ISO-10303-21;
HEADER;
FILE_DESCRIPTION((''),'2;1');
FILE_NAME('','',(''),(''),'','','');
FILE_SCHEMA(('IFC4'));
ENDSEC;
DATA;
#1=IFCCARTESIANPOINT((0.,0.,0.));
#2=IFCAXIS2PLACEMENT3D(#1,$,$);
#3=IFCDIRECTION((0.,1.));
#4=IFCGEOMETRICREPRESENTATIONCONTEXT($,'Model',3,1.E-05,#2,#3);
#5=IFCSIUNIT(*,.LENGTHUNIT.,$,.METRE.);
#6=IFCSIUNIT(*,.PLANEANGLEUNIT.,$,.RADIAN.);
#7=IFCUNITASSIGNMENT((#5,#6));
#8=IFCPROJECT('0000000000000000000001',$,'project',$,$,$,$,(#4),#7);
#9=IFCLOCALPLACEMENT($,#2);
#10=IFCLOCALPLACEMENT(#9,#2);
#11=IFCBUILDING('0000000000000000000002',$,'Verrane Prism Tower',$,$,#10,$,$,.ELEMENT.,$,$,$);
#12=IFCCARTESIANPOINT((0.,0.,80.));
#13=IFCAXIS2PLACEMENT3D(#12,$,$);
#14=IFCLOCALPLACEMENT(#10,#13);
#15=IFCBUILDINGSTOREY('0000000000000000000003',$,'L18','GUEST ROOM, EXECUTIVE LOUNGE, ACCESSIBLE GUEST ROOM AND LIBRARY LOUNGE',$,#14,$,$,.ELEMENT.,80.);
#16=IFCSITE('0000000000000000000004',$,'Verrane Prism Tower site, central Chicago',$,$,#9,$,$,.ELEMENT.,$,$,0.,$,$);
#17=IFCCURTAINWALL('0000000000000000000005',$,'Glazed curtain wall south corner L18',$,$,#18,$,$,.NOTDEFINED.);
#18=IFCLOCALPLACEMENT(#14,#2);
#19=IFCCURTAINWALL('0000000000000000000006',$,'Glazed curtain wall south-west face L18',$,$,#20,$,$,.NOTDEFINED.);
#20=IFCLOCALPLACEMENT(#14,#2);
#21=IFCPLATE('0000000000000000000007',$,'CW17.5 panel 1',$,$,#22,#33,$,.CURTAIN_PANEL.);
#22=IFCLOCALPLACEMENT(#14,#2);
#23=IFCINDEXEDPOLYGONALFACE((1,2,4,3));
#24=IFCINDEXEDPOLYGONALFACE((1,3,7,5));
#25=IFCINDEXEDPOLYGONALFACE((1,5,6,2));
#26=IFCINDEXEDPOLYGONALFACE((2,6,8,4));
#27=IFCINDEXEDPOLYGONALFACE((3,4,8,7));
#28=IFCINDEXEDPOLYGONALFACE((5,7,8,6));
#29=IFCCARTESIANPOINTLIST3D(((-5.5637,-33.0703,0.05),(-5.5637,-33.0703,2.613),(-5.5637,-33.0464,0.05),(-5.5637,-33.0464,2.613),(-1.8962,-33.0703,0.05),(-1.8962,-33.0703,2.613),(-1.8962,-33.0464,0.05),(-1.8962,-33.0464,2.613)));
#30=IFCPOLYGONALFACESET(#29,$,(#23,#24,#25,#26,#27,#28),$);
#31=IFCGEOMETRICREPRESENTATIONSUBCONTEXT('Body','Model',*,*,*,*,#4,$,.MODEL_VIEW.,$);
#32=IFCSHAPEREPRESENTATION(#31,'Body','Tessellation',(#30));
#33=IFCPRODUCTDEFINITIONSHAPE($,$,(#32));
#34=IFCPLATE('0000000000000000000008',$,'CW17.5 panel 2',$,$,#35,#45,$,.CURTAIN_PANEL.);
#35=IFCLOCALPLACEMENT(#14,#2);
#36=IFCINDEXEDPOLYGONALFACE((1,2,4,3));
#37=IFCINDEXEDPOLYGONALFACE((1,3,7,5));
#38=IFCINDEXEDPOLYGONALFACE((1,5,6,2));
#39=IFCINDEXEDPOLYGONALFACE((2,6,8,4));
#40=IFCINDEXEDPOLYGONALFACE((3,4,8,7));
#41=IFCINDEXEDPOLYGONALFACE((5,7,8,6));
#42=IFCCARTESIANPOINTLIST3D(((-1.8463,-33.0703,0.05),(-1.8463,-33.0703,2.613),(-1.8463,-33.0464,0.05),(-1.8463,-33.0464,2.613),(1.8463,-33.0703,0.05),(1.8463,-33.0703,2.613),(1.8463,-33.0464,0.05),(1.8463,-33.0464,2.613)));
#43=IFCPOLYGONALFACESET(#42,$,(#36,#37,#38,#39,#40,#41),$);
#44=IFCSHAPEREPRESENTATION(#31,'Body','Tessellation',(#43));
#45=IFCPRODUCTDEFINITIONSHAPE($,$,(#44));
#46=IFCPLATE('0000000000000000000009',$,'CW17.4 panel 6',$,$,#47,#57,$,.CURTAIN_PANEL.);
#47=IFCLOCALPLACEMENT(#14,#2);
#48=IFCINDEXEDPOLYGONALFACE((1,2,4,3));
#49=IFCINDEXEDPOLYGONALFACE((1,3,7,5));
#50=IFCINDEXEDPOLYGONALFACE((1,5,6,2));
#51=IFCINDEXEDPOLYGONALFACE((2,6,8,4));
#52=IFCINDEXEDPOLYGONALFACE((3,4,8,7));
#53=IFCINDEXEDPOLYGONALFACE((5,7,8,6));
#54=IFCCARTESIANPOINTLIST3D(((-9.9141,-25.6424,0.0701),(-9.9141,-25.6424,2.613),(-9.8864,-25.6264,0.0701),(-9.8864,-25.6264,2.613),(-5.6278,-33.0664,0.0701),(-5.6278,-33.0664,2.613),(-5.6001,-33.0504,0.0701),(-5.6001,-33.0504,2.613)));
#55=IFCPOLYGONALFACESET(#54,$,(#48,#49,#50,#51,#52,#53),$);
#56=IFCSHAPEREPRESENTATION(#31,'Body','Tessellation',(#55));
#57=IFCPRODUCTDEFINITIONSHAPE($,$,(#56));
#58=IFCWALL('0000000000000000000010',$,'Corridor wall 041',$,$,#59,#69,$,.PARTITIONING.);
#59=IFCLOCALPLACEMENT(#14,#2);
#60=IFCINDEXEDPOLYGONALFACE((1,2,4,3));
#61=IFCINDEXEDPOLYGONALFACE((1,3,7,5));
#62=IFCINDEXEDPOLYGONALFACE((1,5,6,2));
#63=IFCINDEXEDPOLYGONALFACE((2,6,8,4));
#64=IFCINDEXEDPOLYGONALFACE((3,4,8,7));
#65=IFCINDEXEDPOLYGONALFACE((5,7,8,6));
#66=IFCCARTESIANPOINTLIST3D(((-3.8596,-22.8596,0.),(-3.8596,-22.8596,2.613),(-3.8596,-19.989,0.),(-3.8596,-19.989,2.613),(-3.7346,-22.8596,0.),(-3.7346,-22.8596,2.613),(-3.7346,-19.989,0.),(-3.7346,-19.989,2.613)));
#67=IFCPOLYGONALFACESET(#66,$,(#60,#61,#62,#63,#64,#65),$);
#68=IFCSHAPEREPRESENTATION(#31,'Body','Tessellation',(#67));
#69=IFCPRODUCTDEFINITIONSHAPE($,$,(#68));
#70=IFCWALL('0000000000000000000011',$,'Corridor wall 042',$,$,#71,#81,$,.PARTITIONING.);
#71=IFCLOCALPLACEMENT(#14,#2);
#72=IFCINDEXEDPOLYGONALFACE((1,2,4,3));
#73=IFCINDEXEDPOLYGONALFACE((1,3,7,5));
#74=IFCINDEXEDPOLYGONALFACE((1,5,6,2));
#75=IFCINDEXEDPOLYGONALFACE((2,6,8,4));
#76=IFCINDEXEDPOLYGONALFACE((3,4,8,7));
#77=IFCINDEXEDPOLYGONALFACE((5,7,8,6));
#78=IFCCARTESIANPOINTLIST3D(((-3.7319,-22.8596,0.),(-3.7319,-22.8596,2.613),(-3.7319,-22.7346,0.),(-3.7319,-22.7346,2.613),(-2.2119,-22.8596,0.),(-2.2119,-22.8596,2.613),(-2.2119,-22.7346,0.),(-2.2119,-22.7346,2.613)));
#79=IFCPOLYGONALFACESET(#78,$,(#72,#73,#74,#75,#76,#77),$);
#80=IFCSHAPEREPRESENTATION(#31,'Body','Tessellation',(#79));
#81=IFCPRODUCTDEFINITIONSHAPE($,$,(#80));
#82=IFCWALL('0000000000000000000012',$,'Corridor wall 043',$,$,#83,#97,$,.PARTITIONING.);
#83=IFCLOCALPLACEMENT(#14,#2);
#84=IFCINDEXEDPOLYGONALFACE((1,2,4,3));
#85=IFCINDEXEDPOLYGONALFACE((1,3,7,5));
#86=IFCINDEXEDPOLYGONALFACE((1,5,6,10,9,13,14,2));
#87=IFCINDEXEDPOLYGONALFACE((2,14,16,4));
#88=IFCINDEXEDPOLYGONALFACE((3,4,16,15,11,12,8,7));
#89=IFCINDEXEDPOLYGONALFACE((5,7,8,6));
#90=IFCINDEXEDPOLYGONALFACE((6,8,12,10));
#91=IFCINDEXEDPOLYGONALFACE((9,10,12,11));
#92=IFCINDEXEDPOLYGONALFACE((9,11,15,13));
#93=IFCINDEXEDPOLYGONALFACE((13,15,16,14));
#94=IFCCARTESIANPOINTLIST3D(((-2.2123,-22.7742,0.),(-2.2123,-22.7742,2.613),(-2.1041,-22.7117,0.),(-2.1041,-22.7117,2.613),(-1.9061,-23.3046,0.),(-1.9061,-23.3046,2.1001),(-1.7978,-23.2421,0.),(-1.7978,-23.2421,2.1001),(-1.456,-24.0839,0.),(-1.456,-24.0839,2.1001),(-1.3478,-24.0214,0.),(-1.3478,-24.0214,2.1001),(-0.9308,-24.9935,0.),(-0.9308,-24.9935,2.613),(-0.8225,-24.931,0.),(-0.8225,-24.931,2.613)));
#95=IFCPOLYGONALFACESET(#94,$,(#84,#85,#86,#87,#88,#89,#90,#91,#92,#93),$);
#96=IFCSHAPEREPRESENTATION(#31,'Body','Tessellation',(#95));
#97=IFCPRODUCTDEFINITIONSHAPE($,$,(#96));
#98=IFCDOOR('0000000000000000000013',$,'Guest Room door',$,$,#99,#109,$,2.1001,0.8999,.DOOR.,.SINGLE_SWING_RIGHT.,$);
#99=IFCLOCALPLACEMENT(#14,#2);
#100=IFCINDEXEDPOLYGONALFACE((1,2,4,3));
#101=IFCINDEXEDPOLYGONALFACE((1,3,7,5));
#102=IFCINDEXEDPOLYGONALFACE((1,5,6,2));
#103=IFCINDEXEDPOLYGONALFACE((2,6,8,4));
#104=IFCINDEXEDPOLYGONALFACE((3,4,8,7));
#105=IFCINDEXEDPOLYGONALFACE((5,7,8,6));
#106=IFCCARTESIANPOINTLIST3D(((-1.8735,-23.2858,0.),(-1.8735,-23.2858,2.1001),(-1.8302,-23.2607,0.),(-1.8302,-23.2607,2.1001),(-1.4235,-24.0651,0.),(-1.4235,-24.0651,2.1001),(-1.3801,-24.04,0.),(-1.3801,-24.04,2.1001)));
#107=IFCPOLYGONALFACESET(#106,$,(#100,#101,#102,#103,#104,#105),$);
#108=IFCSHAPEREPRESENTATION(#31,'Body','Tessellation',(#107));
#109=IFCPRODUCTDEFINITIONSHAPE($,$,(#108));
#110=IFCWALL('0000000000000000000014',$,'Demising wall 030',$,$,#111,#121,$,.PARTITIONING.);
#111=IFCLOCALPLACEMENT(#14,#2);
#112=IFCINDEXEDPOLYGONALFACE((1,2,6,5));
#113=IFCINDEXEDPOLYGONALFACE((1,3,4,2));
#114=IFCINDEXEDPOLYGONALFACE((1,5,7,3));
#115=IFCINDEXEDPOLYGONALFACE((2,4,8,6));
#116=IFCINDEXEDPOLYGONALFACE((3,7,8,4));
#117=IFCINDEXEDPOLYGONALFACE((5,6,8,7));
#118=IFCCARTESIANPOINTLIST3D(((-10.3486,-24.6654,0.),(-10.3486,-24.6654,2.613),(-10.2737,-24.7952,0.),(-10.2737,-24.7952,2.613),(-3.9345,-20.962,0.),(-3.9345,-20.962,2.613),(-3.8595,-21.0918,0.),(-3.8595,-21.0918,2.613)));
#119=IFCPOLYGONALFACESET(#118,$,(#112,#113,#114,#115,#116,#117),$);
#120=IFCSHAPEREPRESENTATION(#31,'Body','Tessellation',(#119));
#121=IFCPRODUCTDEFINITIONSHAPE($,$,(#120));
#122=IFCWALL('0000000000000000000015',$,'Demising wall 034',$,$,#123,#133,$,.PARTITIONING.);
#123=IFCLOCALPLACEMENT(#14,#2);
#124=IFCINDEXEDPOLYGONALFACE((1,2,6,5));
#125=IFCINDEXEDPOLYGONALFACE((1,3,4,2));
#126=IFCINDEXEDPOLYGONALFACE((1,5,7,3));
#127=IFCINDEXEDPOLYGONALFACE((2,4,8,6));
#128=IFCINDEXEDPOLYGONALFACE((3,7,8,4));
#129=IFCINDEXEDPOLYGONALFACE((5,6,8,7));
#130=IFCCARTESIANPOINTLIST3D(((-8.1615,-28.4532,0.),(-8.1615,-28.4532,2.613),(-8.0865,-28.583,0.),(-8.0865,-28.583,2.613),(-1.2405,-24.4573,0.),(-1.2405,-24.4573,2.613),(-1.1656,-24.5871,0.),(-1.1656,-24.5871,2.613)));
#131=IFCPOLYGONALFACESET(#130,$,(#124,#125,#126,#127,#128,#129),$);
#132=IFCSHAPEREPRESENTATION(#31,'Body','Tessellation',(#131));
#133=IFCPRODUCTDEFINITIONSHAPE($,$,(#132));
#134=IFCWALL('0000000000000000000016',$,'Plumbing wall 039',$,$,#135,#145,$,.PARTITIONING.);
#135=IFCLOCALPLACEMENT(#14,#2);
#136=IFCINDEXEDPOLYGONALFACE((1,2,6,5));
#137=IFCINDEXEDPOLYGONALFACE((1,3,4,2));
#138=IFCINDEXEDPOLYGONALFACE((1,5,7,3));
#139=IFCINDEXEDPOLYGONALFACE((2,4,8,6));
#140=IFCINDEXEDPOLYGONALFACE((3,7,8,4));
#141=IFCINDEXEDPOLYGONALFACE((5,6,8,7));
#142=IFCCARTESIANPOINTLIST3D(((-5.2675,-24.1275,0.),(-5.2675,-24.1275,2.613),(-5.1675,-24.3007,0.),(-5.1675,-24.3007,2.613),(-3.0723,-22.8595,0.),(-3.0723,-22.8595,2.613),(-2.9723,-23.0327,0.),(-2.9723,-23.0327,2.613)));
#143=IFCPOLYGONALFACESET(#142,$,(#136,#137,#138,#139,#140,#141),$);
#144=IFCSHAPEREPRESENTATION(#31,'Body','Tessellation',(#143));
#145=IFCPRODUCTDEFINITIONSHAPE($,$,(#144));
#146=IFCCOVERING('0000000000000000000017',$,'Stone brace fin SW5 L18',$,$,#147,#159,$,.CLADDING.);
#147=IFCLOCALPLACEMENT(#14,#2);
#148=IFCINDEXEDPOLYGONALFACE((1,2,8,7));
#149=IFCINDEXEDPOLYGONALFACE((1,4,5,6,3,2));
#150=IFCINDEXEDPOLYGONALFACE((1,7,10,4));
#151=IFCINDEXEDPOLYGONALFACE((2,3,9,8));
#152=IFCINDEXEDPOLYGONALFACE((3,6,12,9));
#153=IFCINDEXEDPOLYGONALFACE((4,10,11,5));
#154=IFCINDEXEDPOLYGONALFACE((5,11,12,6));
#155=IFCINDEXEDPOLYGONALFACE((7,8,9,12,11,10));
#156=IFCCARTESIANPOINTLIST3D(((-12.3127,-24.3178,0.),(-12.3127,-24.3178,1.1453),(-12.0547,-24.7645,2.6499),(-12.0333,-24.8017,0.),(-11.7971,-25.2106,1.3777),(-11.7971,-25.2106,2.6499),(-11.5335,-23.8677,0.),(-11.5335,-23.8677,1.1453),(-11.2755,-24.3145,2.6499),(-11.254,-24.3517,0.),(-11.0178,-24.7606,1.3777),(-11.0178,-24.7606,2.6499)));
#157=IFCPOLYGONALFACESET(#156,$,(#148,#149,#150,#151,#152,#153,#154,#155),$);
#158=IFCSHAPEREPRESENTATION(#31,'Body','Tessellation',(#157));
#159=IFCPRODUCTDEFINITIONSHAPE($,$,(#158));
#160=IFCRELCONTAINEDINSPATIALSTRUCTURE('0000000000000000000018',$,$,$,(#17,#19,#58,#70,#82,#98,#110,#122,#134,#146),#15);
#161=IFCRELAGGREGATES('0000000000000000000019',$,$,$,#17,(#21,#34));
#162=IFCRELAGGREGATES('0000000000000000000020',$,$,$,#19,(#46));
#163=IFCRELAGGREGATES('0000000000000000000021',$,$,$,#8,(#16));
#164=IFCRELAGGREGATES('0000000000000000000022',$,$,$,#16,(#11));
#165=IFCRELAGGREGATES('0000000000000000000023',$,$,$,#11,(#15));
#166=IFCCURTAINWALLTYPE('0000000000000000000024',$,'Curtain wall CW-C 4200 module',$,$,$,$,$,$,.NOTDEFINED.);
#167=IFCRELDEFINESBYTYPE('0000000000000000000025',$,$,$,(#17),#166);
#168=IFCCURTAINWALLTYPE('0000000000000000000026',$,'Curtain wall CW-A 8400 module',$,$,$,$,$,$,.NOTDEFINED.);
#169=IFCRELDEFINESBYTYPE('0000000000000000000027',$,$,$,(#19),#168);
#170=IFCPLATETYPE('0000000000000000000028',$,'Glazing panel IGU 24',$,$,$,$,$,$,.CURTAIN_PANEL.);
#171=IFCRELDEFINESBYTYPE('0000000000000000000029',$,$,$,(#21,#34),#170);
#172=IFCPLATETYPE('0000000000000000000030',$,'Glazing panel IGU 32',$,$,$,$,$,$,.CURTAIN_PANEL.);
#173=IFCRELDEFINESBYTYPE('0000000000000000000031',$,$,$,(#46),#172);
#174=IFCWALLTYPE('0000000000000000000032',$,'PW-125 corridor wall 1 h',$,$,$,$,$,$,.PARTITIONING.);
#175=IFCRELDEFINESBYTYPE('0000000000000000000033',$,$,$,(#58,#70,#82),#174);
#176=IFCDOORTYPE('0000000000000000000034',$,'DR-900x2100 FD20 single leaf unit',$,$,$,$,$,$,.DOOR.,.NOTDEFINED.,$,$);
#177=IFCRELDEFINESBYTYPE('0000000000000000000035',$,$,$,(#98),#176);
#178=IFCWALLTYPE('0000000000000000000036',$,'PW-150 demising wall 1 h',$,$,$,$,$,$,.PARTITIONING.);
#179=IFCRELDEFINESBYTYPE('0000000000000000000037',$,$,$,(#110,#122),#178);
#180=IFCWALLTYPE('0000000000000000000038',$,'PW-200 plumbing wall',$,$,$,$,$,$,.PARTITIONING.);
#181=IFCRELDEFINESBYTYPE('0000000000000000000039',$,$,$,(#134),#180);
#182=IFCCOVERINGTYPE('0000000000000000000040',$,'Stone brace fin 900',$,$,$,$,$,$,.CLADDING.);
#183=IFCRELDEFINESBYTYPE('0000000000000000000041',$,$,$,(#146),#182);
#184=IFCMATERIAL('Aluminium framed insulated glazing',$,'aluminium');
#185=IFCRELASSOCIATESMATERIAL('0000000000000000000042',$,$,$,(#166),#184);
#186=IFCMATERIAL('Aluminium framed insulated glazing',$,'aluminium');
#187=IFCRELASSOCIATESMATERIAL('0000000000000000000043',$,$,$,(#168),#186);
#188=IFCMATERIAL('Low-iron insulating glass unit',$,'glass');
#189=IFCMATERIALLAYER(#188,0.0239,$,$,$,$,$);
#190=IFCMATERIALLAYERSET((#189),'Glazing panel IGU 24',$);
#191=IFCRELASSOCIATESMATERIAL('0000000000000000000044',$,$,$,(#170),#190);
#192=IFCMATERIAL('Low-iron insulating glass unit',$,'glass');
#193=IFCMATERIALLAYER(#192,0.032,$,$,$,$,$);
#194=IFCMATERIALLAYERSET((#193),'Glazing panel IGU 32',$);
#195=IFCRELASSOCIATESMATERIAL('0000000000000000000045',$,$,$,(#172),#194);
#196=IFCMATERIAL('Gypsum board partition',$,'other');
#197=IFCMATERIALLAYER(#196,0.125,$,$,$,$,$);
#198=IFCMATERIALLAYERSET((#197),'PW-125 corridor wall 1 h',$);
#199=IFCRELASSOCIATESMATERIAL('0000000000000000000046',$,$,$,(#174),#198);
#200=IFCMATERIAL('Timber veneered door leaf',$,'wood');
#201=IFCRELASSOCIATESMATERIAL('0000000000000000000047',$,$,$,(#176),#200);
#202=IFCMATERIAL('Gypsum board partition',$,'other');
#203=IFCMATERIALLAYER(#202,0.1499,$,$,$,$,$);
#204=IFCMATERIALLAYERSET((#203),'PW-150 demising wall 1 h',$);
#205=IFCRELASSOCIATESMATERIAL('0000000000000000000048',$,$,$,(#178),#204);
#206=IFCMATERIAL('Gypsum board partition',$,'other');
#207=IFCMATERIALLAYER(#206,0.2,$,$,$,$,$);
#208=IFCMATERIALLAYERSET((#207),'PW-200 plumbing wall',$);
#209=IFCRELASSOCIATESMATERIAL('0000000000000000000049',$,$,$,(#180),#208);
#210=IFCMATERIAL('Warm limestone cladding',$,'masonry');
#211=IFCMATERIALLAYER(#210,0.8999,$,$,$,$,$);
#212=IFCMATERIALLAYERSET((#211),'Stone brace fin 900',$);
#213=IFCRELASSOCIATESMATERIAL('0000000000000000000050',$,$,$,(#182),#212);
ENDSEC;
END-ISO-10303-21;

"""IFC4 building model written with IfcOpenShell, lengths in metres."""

from ifc_helpers import new_model, si_unit, direction, frame, frame_2d, origin, origin_2d, place, context, subcontext, project, spatial, polyline, rectangle, outline, extrude, material, layer, layer_set, type_object, element, fill, aggregate, save


model = new_model("IFC4")

# Units and contexts
model_context = context("Model", 3, precision=1e-05, world=origin(), true_north=direction((0.0, 1.0)))
body_context = subcontext(model_context, "Body", "Model", "MODEL_VIEW")
ifc_project = project(units=[si_unit("LENGTHUNIT", "METRE"), si_unit("PLANEANGLEUNIT", "RADIAN")], contexts=[model_context])

# Site, building, storey
site_placement = place(None, origin())
site = spatial("IfcSite", under=ifc_project, at=site_placement, Name="Verrane Prism Tower site, central Chicago", CompositionType="ELEMENT", RefElevation=0.0)
building_placement = place(site_placement, origin())
building = spatial("IfcBuilding", under=site, at=building_placement, Name="Verrane Prism Tower", CompositionType="ELEMENT")
storey_placement = place(building_placement, frame((0.0, 0.0, 80.0)))
storey = spatial("IfcBuildingStorey", under=building, at=storey_placement, Name="L18", Description="GUEST ROOM, EXECUTIVE LOUNGE, ACCESSIBLE GUEST ROOM AND LIBRARY LOUNGE", CompositionType="ELEMENT", Elevation=80.0)

# Curtain wall
ifc_material_1 = material(Name="Aluminium framed insulated glazing", Category="aluminium")
curtain_wall_type_1 = type_object("IfcCurtainWallType", Name="Curtain wall CW-C 4200 module", PredefinedType="NOTDEFINED", material=ifc_material_1)
curtain_wall_1_placement = place(storey_placement, origin())
curtain_wall_1 = element("IfcCurtainWall", 1, at=curtain_wall_1_placement, inside=storey, type_object=curtain_wall_type_1, Name="Glazed curtain wall south corner L18", PredefinedType="NOTDEFINED")

# Curtain wall
ifc_material_2 = material(Name="Aluminium framed insulated glazing", Category="aluminium")
curtain_wall_type_2 = type_object("IfcCurtainWallType", Name="Curtain wall CW-A 8400 module", PredefinedType="NOTDEFINED", material=ifc_material_2)
curtain_wall_2_placement = place(storey_placement, origin())
curtain_wall_2 = element("IfcCurtainWall", 2, at=curtain_wall_2_placement, inside=storey, type_object=curtain_wall_type_2, Name="Glazed curtain wall south-west face L18", PredefinedType="NOTDEFINED")

# Plates
ifc_material_3 = material(Name="Low-iron insulating glass unit", Category="glass")
ifc_layer_1 = layer(ifc_material_3, 0.0239)
ifc_layer_set_1 = layer_set([ifc_layer_1], Name="Glazing panel IGU 24")
plate_type_1 = type_object("IfcPlateType", Name="Glazing panel IGU 24", PredefinedType="CURTAIN_PANEL", material=ifc_layer_set_1)
plate_1_placement = place(storey_placement, frame((-3.73, -33.0583, 0.05), z_axis=(0.0, 0.0, 1.0), x_axis=(1.0, 0.0, 0.0)))
plate_1 = element("IfcPlate", 3, at=plate_1_placement, type_object=plate_type_1, Name="CW17.5 panel 1", PredefinedType="CURTAIN_PANEL", context=body_context, shape_type="SweptSolid", body=[
    extrude(rectangle(XDim=3.6675, YDim=0.0239, at=origin_2d()), origin(), (0.0, 0.0, 1.0), 2.563),
])
plate_2_placement = place(storey_placement, frame((0.0, -33.0583, 0.05), z_axis=(0.0, 0.0, 1.0), x_axis=(1.0, 0.0, 0.0)))
plate_2 = element("IfcPlate", 4, at=plate_2_placement, type_object=plate_type_1, Name="CW17.5 panel 2", PredefinedType="CURTAIN_PANEL", context=body_context, shape_type="SweptSolid", body=[
    extrude(rectangle(XDim=3.6926, YDim=0.0239, at=origin_2d()), origin(), (0.0, 0.0, 1.0), 2.563),
])
aggregate(curtain_wall_1, [plate_1, plate_2])
ifc_material_4 = material(Name="Low-iron insulating glass unit", Category="glass")
ifc_layer_2 = layer(ifc_material_4, 0.032)
ifc_layer_set_2 = layer_set([ifc_layer_2], Name="Glazing panel IGU 32")
plate_type_2 = type_object("IfcPlateType", Name="Glazing panel IGU 32", PredefinedType="CURTAIN_PANEL", material=ifc_layer_set_2)
plate_3_placement = place(storey_placement, frame((-7.7571, -29.3464, 0.0701), z_axis=(0.0, 0.0, 1.0), x_axis=(0.499999, -0.866026, 0.0)))
plate_3 = element("IfcPlate", 5, at=plate_3_placement, type_object=plate_type_2, Name="CW17.4 panel 6", PredefinedType="CURTAIN_PANEL", context=body_context, shape_type="SweptSolid", body=[
    extrude(rectangle(XDim=8.5725, YDim=0.032, at=origin_2d()), origin(), (0.0, 0.0, 1.0), 2.543),
])
aggregate(curtain_wall_2, [plate_3])

# Walls
ifc_material_5 = material(Name="Gypsum board partition", Category="other")
ifc_layer_3 = layer(ifc_material_5, 0.125)
ifc_layer_set_3 = layer_set([ifc_layer_3], Name="PW-125 corridor wall 1 h")
wall_type_1 = type_object("IfcWallType", Name="PW-125 corridor wall 1 h", PredefinedType="PARTITIONING", material=ifc_layer_set_3)
wall_1_placement = place(storey_placement, frame((-3.7971, -22.8596, 0.0), z_axis=(0.0, 0.0, 1.0), x_axis=(0.0, 1.0, 0.0)))
element("IfcWall", 6, at=wall_1_placement, inside=storey, type_object=wall_type_1, Name="Corridor wall 041", PredefinedType="PARTITIONING", context=body_context, shape_type="SweptSolid", body=[
    extrude(rectangle(XDim=2.8706, YDim=0.125, at=frame_2d((1.4353, 0.0))), origin(), (0.0, 0.0, 1.0), 2.613),
])
wall_2_placement = place(storey_placement, frame((-3.7319, -22.7971, 0.0), z_axis=(0.0, 0.0, 1.0), x_axis=(1.0, 0.0, 0.0)))
element("IfcWall", 7, at=wall_2_placement, inside=storey, type_object=wall_type_1, Name="Corridor wall 042", PredefinedType="PARTITIONING", context=body_context, shape_type="SweptSolid", body=[
    extrude(rectangle(XDim=1.52, YDim=0.125, at=frame_2d((0.76, 0.0))), origin(), (0.0, 0.0, 1.0), 2.613),
])

# Wall, opening, door
wall_3_placement = place(storey_placement, frame((-0.8767, -24.9622, 0.0), z_axis=(0.0, 0.0, 1.0), x_axis=(-0.500063, 0.865989, 0.0)))
wall_3 = element("IfcWall", 8, at=wall_3_placement, inside=storey, type_object=wall_type_1, Name="Corridor wall 043", PredefinedType="PARTITIONING", context=body_context, shape_type="SweptSolid", body=[
    extrude(rectangle(XDim=2.5627, YDim=0.125, at=frame_2d((1.2812, 0.0))), origin(), (0.0, 0.0, 1.0), 2.613),
])
opening_placement = place(wall_3_placement, frame((1.0503, 0.0, 0.0)))
opening = element("IfcOpeningElement", 9, at=opening_placement, cuts=wall_3, PredefinedType="OPENING", context=body_context, shape_type="SweptSolid", body=[
    extrude(rectangle(XDim=0.8999, YDim=2.1001, at=frame_2d((0.45, 1.05))), frame((0.0, 0.0725, 0.0), z_axis=(0.0, -1.0, 0.0), x_axis=(1.0, 0.0, 0.0)), (0.0, 0.0, 1.0), 0.145),
])
ifc_material_6 = material(Name="Timber veneered door leaf", Category="wood")
door_type = type_object("IfcDoorType", Name="DR-900x2100 FD20 single leaf unit", OperationType="NOTDEFINED", PredefinedType="DOOR", material=ifc_material_6)
door_placement = place(opening_placement, origin())
door = element("IfcDoor", 10, at=door_placement, inside=storey, type_object=door_type, Name="Guest Room door", OperationType="SINGLE_SWING_RIGHT", OverallHeight=2.1001, OverallWidth=0.8999, PredefinedType="DOOR", context=body_context, shape_type="SweptSolid", body=[
    extrude(rectangle(XDim=0.8999, YDim=2.1001, at=frame_2d((0.45, 1.05))), frame((0.0, 0.0249, 0.0), z_axis=(0.0, -1.0, 0.0), x_axis=(1.0, 0.0, 0.0)), (0.0, 0.0, 1.0), 0.05),
])
fill(opening, door)

# Walls
ifc_material_7 = material(Name="Gypsum board partition", Category="other")
ifc_layer_4 = layer(ifc_material_7, 0.1499)
ifc_layer_set_4 = layer_set([ifc_layer_4], Name="PW-150 demising wall 1 h")
wall_type_2 = type_object("IfcWallType", Name="PW-150 demising wall 1 h", PredefinedType="PARTITIONING", material=ifc_layer_set_4)
wall_4_placement = place(storey_placement, frame((-10.311, -24.7302, 0.0), z_axis=(0.0, 0.0, 1.0), x_axis=(0.866013, 0.500021, 0.0)))
element("IfcWall", 11, at=wall_4_placement, inside=storey, type_object=wall_type_2, Name="Demising wall 030", PredefinedType="PARTITIONING", context=body_context, shape_type="SweptSolid", body=[
    extrude(rectangle(XDim=7.4065, YDim=0.1499, at=frame_2d((3.7031, 0.0))), origin(), (0.0, 0.0, 1.0), 2.613),
])
wall_5_placement = place(storey_placement, frame((-8.124, -28.5181, 0.0), z_axis=(0.0, 0.0, 1.0), x_axis=(0.866022, 0.500006, 0.0)))
element("IfcWall", 12, at=wall_5_placement, inside=storey, type_object=wall_type_2, Name="Demising wall 034", PredefinedType="PARTITIONING", context=body_context, shape_type="SweptSolid", body=[
    extrude(rectangle(XDim=7.9917, YDim=0.1499, at=frame_2d((3.9958, 0.0))), origin(), (0.0, 0.0, 1.0), 2.613),
])
ifc_material_8 = material(Name="Gypsum board partition", Category="other")
ifc_layer_5 = layer(ifc_material_8, 0.2)
ifc_layer_set_5 = layer_set([ifc_layer_5], Name="PW-200 plumbing wall")
wall_type_3 = type_object("IfcWallType", Name="PW-200 plumbing wall", PredefinedType="PARTITIONING", material=ifc_layer_set_5)
wall_6_placement = place(storey_placement, frame((-5.2175, -24.2141, 0.0), z_axis=(0.0, 0.0, 1.0), x_axis=(0.865923, 0.500178, 0.0)))
element("IfcWall", 13, at=wall_6_placement, inside=storey, type_object=wall_type_3, Name="Plumbing wall 039", PredefinedType="PARTITIONING", context=body_context, shape_type="SweptSolid", body=[
    extrude(rectangle(XDim=2.5352, YDim=0.2, at=frame_2d((1.2676, 0.0))), origin(), (0.0, 0.0, 1.0), 2.613),
])

# Covering
ifc_material_9 = material(Name="Warm limestone cladding", Category="masonry")
ifc_layer_6 = layer(ifc_material_9, 0.8999)
ifc_layer_set_6 = layer_set([ifc_layer_6], Name="Stone brace fin 900")
covering_type = type_object("IfcCoveringType", Name="Stone brace fin 900", PredefinedType="CLADDING", material=ifc_layer_set_6)
covering_placement = place(storey_placement, frame((-11.9231, -24.0928, 0.0), z_axis=(0.0, 0.0, 1.0), x_axis=(0.500112, -0.865961, 0.0)))
element("IfcCovering", 14, at=covering_placement, inside=storey, type_object=covering_type, Name="Stone brace fin SW5 L18", PredefinedType="CLADDING", context=body_context, shape_type="SweptSolid", body=[
    extrude(outline(polyline([(1.031, 2.6499), (0.5159, 2.6499), (0.0, 1.1453), (0.0, 0.0), (0.5588, 0.0), (1.031, 1.3777), (1.031, 2.6499)])), frame((0.0, 0.45, 0.0), z_axis=(0.0, -1.0, 0.0), x_axis=(1.0, 0.0, 0.0)), (0.0, 0.0, 1.0), 0.8999),
])

save(model, "model.ifc")
